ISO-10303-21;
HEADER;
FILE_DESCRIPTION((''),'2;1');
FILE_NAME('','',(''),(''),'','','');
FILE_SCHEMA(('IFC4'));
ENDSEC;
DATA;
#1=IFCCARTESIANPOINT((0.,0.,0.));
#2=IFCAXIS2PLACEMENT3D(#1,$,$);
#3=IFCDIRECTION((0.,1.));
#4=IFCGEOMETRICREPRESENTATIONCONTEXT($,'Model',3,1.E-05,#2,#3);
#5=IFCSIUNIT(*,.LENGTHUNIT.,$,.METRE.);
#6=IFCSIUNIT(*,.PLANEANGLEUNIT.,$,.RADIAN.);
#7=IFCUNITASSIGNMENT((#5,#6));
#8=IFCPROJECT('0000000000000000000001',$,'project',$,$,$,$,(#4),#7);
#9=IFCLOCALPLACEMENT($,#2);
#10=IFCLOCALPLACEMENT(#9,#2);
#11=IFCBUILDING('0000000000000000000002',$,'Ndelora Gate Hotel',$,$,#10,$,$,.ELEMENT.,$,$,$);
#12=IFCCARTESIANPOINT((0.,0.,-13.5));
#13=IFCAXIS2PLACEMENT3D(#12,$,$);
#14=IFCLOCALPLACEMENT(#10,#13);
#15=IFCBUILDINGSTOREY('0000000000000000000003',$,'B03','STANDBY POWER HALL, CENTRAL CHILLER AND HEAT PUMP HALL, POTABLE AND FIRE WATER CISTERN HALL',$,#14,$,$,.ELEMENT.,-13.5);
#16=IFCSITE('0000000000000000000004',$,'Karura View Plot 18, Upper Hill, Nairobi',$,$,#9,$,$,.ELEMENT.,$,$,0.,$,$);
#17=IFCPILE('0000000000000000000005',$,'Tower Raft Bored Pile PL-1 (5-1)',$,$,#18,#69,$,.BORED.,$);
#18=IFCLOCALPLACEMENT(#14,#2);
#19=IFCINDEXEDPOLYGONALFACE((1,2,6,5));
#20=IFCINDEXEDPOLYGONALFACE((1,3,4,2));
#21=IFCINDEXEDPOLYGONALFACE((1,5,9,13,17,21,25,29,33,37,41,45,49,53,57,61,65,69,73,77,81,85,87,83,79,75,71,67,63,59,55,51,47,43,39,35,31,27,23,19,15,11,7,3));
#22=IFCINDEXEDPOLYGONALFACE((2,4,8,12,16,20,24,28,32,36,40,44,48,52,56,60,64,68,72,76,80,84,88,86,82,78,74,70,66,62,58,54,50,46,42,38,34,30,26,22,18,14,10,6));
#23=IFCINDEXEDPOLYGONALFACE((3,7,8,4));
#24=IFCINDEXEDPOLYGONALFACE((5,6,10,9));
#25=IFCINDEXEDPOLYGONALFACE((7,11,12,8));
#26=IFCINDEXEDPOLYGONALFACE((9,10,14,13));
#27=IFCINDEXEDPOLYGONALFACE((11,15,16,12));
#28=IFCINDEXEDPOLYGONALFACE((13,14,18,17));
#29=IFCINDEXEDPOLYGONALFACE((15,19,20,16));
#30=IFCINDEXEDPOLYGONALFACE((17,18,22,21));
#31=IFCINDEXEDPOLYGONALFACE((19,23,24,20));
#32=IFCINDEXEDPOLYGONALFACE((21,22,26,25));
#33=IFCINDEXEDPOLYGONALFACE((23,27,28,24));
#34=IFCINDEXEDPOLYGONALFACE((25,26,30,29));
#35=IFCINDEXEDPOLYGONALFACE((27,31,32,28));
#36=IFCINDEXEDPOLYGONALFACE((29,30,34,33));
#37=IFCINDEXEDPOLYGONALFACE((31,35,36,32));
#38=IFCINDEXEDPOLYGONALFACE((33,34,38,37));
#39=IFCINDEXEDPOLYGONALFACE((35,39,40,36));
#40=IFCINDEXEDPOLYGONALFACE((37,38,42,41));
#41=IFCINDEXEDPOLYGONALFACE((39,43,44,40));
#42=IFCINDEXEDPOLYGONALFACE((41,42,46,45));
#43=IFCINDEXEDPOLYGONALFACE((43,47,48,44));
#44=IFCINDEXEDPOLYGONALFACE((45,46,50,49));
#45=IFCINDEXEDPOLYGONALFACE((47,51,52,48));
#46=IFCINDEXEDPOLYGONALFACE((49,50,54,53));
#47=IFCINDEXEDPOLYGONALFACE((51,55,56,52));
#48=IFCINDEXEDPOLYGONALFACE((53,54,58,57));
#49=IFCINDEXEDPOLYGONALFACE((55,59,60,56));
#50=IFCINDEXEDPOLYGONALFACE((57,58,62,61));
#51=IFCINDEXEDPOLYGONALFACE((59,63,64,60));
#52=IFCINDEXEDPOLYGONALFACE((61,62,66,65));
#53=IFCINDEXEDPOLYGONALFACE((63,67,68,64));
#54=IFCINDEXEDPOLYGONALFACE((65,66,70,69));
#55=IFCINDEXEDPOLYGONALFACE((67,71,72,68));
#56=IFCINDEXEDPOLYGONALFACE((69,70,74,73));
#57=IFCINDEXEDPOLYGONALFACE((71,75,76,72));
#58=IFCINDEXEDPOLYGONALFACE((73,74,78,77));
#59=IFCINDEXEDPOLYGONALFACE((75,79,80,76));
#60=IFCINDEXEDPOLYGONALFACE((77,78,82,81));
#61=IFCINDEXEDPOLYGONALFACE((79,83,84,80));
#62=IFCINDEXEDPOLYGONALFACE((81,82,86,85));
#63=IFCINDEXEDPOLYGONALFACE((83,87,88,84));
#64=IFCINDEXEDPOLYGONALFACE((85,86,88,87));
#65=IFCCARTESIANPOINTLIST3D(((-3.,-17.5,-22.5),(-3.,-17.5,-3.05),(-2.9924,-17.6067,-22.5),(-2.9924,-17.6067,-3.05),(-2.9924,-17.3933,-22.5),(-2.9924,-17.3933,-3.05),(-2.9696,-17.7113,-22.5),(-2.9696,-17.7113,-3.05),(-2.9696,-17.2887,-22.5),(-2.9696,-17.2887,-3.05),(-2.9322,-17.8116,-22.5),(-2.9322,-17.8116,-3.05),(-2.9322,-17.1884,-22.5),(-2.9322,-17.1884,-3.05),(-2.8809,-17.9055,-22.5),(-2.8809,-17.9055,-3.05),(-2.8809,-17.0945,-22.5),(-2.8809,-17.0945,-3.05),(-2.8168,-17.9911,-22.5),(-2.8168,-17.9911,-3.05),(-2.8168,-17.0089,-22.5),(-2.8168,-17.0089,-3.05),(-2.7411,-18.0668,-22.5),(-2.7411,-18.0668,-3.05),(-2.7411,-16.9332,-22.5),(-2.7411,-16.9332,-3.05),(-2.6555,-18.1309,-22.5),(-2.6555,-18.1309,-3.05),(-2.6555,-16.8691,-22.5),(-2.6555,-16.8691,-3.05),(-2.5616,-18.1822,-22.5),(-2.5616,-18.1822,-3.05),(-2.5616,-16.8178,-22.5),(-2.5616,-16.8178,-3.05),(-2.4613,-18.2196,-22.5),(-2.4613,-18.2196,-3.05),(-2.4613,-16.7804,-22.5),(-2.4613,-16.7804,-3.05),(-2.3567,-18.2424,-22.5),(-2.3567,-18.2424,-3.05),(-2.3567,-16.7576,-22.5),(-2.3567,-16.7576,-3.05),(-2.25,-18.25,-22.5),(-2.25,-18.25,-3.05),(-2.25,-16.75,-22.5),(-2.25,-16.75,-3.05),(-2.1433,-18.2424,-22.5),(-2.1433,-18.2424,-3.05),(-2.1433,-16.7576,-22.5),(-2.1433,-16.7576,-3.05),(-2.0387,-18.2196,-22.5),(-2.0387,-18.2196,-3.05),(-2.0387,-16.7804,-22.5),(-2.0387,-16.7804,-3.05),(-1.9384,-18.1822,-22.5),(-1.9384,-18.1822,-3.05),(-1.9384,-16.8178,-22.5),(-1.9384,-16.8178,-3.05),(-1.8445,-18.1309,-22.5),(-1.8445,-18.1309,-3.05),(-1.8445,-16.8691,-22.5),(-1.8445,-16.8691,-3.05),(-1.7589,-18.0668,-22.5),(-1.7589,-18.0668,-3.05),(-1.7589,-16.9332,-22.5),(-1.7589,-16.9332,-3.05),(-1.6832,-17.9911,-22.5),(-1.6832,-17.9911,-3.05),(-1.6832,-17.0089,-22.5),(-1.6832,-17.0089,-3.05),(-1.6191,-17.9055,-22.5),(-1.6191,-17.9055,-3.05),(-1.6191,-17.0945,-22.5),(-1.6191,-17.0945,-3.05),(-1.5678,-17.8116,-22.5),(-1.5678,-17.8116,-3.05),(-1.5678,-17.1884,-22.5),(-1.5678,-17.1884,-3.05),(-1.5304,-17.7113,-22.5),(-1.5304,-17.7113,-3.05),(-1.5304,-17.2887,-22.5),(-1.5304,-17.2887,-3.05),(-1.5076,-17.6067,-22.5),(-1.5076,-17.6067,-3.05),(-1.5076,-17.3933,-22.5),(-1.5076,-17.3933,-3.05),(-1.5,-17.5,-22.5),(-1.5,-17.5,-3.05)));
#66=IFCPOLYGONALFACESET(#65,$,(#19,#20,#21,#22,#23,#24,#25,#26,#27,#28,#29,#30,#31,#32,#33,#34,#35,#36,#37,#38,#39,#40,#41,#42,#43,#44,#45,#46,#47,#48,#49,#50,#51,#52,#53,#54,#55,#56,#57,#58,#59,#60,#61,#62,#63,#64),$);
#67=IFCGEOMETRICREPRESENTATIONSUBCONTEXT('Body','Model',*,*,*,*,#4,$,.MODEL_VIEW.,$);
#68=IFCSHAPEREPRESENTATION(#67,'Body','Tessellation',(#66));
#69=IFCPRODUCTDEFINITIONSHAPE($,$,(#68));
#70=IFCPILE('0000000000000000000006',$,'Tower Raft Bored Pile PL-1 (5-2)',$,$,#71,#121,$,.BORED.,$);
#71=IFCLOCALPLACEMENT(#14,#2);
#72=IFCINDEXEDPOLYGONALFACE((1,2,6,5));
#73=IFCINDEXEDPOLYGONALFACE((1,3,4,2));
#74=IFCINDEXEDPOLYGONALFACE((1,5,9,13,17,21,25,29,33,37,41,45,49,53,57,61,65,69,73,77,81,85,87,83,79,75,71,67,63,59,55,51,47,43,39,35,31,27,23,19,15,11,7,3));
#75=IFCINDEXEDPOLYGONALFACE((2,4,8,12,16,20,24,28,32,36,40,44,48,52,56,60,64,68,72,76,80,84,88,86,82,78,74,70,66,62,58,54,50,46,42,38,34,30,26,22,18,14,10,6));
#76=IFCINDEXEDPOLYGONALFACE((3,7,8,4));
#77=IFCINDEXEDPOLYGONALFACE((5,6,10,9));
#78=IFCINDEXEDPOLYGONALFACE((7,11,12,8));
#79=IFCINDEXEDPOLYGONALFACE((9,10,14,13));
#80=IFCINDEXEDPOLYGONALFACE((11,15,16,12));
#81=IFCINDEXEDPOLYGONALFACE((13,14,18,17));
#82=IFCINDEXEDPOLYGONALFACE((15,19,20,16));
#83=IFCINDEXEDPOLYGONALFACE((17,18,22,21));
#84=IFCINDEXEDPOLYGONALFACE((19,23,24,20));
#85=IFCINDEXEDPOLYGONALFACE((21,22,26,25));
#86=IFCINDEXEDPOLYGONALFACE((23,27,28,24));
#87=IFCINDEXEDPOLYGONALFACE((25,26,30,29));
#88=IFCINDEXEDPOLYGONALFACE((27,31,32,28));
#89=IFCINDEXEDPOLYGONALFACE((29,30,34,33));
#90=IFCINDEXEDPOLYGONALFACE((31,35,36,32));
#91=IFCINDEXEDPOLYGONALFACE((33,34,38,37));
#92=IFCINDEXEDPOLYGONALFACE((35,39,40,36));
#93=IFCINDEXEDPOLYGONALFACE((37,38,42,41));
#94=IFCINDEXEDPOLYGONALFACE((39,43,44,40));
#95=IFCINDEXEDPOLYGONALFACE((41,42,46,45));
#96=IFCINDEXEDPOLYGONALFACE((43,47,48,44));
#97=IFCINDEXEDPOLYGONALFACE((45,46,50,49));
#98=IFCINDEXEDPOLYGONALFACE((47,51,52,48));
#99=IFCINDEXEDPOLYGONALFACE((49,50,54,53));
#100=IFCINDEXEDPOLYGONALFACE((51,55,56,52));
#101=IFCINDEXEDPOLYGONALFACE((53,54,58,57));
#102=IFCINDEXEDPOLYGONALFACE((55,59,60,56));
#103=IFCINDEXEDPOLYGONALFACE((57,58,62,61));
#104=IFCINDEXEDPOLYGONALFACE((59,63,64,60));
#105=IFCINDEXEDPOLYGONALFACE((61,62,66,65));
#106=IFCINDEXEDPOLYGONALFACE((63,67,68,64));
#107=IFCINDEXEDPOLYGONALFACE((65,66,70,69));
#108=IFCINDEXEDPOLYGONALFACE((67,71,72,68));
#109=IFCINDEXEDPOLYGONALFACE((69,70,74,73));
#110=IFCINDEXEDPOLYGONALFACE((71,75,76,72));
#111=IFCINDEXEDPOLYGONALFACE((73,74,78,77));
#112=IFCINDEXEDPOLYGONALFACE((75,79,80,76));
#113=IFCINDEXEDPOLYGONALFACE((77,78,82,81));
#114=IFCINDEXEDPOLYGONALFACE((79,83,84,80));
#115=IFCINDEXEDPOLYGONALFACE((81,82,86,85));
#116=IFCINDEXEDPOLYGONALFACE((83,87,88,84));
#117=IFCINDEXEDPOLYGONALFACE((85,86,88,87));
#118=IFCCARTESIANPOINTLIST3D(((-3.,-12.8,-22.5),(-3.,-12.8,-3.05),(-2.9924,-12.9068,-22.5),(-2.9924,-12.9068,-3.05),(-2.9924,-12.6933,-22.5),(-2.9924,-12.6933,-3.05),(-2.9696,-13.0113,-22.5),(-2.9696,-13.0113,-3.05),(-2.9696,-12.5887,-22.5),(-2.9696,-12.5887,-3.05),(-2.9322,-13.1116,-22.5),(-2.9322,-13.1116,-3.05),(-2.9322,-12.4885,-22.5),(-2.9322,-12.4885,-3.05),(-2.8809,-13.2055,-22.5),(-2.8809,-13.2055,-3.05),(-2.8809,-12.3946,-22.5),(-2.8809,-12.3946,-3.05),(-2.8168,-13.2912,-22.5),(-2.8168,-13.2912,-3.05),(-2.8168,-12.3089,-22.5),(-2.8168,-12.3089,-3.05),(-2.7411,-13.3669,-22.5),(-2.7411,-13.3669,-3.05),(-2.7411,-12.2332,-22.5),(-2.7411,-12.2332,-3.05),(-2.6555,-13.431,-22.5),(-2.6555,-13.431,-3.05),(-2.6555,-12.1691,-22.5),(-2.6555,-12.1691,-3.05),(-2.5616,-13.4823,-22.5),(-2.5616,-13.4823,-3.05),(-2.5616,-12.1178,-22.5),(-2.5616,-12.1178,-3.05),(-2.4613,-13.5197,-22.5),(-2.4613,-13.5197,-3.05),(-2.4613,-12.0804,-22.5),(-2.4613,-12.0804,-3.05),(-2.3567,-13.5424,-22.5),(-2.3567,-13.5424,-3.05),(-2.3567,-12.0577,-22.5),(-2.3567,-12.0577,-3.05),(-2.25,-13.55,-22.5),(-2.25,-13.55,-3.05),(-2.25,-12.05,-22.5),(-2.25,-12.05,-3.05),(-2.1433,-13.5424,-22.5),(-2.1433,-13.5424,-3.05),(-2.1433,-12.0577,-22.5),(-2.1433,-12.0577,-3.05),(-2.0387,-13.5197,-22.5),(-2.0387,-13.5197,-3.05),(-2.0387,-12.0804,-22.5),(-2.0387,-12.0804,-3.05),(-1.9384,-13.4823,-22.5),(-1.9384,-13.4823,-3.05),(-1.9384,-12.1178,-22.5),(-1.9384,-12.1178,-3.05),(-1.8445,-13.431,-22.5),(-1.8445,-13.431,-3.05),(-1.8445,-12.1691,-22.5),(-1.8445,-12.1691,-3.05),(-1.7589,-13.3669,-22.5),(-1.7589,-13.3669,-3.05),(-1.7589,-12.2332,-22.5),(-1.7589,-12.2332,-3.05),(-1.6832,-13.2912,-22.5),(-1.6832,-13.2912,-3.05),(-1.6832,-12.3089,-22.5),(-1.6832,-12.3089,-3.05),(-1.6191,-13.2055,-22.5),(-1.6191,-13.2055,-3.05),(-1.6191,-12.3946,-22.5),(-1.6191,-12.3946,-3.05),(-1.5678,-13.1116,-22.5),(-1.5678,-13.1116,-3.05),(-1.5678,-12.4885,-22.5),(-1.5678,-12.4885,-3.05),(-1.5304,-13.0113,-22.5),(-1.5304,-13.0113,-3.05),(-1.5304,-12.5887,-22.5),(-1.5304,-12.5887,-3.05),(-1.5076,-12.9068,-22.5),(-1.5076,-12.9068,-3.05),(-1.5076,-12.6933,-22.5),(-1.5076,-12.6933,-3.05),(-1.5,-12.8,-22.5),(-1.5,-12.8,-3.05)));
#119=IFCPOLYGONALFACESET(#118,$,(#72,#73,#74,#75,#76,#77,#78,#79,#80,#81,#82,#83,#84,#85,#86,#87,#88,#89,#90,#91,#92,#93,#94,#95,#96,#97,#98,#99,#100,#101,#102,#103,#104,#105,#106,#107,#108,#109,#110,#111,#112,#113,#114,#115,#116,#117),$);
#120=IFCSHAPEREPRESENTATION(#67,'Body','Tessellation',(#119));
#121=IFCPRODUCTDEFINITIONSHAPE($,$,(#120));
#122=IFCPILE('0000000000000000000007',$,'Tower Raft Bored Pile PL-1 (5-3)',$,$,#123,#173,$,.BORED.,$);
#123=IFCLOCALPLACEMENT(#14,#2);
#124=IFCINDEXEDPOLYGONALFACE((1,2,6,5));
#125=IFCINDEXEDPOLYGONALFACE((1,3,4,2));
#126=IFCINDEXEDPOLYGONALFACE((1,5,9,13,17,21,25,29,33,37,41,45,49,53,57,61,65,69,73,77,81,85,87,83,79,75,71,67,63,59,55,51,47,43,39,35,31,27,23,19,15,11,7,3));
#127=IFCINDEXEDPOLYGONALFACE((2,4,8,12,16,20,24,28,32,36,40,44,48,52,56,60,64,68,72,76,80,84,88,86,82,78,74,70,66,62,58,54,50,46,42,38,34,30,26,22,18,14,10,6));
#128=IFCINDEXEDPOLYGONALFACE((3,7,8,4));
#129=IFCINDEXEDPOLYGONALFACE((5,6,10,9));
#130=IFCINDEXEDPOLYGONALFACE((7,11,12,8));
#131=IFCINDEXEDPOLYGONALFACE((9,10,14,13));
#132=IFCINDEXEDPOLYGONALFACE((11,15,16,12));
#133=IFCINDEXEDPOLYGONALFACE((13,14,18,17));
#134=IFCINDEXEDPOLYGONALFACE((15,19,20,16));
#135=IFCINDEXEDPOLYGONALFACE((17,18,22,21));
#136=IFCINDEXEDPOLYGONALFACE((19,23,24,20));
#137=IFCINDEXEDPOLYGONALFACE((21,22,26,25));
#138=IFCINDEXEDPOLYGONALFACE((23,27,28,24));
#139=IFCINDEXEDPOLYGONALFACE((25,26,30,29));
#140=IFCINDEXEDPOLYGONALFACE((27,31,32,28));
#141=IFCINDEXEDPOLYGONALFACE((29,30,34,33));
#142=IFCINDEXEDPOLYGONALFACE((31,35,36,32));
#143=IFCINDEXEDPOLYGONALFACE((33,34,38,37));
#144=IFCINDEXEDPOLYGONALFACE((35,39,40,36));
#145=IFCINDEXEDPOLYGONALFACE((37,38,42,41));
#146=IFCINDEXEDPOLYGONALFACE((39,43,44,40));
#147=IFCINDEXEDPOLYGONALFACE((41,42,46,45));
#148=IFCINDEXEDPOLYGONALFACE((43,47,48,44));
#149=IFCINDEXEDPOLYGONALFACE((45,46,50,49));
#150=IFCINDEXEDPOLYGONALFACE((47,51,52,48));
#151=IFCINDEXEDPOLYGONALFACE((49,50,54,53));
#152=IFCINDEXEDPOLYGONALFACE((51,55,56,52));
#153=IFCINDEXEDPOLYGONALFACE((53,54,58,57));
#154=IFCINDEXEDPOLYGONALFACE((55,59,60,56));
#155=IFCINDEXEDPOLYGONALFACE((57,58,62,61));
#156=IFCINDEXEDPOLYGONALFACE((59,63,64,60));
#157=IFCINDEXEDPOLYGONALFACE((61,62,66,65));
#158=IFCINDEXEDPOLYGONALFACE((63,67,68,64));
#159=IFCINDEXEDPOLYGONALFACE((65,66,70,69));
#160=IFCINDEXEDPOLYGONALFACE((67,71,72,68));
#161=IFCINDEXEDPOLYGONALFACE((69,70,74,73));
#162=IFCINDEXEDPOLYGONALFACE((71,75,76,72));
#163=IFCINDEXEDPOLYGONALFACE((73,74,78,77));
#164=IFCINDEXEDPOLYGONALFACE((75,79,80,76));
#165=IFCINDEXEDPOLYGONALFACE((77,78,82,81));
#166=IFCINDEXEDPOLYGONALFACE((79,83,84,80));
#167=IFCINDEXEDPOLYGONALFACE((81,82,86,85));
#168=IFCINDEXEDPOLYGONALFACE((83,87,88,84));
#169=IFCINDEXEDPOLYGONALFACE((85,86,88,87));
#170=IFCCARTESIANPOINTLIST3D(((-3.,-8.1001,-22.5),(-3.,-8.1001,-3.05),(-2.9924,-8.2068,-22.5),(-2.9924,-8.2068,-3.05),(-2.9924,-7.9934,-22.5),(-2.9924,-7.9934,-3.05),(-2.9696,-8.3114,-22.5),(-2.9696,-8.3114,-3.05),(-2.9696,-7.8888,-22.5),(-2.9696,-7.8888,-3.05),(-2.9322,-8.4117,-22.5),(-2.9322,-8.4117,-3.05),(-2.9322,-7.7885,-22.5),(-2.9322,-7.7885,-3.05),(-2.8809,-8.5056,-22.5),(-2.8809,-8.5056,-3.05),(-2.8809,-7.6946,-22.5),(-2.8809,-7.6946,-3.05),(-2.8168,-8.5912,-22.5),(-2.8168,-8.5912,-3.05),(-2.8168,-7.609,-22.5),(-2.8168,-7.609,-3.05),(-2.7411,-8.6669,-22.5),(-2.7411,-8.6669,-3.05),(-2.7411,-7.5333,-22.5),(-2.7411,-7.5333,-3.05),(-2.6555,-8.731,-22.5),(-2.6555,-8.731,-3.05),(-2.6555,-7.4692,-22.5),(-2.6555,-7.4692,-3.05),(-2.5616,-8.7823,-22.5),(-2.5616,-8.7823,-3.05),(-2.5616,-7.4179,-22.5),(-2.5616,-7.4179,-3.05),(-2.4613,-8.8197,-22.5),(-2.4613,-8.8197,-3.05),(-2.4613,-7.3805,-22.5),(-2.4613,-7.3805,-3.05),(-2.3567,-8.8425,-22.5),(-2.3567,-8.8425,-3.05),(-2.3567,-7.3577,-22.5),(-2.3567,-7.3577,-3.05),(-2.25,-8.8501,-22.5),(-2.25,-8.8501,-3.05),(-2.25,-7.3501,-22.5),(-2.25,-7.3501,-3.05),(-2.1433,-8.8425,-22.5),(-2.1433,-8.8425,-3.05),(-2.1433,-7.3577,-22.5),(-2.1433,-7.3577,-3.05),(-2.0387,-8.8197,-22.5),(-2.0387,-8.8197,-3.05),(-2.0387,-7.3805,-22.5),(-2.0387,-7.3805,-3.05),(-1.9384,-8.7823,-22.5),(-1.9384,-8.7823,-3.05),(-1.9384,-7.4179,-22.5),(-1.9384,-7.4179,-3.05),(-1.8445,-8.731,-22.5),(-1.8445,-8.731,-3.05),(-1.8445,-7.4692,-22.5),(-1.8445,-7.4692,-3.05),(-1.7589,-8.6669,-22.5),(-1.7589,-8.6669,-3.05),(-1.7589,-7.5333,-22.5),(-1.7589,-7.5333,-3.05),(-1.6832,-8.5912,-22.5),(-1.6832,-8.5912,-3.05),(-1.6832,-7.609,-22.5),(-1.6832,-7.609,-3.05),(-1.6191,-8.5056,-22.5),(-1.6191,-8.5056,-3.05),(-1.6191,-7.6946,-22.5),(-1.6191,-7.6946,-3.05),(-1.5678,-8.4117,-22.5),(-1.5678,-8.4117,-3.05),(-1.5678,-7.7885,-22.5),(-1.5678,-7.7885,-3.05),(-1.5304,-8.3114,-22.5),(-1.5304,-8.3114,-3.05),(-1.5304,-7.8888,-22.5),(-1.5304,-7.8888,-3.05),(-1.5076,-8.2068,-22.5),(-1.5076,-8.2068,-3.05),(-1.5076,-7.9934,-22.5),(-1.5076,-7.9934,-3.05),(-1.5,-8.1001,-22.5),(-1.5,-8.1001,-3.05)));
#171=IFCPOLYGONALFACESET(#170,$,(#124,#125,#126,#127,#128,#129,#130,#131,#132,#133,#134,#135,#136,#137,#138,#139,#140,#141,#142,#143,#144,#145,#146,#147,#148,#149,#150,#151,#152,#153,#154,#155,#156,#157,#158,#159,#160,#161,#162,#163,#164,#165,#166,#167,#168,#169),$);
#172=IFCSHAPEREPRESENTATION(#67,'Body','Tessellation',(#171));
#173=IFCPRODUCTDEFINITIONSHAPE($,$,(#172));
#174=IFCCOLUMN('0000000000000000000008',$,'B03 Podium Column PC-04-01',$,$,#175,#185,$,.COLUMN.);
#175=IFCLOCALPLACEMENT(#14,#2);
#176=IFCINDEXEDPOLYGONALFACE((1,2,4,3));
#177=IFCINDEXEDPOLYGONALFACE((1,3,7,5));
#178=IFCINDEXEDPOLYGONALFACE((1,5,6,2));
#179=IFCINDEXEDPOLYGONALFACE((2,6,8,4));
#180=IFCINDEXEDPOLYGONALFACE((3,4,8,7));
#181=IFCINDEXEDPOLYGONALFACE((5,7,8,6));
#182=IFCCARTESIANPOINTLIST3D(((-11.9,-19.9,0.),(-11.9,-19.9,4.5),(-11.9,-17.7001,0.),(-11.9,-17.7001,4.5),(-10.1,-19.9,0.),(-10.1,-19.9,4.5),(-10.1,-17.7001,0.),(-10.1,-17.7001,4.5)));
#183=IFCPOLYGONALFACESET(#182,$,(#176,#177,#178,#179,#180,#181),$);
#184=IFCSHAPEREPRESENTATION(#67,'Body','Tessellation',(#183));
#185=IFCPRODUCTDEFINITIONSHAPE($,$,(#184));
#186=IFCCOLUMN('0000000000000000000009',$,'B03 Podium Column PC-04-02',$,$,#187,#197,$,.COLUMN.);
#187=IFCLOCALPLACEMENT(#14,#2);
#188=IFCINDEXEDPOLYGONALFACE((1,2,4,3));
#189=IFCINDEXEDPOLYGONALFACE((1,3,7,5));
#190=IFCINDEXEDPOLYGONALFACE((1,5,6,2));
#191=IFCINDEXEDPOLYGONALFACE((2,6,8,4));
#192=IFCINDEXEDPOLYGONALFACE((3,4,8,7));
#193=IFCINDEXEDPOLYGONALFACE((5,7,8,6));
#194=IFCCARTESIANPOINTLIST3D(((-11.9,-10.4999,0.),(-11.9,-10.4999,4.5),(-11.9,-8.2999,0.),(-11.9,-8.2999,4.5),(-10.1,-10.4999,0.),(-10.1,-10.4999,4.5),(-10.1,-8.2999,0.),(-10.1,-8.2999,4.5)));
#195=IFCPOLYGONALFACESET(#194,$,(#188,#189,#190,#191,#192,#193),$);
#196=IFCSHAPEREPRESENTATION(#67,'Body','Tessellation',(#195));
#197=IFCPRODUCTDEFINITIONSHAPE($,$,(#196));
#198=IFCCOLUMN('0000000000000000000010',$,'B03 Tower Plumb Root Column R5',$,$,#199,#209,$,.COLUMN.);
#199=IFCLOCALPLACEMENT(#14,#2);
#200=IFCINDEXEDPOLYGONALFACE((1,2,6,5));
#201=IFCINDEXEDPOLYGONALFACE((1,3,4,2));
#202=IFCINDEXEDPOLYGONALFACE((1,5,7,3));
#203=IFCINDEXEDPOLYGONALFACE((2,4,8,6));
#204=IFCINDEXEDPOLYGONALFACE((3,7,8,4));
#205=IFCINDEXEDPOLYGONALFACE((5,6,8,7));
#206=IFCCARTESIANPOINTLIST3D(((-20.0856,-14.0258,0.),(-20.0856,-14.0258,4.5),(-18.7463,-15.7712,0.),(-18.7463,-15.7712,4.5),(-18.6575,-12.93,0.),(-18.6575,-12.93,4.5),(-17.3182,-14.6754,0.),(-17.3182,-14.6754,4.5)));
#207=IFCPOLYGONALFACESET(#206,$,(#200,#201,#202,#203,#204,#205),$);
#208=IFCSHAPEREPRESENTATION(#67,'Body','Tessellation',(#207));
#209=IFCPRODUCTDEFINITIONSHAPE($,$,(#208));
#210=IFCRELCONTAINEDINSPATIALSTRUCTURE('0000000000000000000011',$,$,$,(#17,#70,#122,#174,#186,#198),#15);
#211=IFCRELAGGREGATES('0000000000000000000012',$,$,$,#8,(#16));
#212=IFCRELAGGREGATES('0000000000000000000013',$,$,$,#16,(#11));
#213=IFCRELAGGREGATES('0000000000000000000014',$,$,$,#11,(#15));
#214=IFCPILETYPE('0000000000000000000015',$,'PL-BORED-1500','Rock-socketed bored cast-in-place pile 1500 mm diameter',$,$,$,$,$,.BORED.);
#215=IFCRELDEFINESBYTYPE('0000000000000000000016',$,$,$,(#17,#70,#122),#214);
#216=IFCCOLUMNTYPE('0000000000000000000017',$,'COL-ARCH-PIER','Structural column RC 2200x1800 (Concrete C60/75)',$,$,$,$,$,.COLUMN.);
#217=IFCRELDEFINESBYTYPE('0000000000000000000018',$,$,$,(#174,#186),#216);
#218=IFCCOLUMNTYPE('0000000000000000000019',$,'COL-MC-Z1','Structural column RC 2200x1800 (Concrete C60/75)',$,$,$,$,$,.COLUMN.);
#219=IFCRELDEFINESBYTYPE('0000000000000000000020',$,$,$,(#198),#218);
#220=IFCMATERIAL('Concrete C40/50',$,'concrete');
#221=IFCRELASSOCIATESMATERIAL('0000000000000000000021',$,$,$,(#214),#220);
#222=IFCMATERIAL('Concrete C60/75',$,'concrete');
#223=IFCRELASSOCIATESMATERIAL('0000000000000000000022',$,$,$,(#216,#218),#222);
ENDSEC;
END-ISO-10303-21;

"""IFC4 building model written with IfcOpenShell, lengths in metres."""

from ifc_helpers import new_model, si_unit, direction, frame, origin, origin_2d, place, context, subcontext, project, spatial, rectangle, circle, extrude, material, material_profile, profile_set, type_object, element, save


model = new_model("IFC4")

# Units and contexts
model_context = context("Model", 3, precision=1e-05, world=origin(), true_north=direction((0.0, 1.0)))
body_context = subcontext(model_context, "Body", "Model", "MODEL_VIEW")
ifc_project = project(units=[si_unit("LENGTHUNIT", "METRE"), si_unit("PLANEANGLEUNIT", "RADIAN")], contexts=[model_context])

# Site, building, storey
site_placement = place(None, origin())
site = spatial("IfcSite", under=ifc_project, at=site_placement, Name="Karura View Plot 18, Upper Hill, Nairobi", CompositionType="ELEMENT", RefElevation=0.0)
building_placement = place(site_placement, origin())
building = spatial("IfcBuilding", under=site, at=building_placement, Name="Ndelora Gate Hotel", CompositionType="ELEMENT")
storey_placement = place(building_placement, frame((0.0, 0.0, -13.5)))
storey = spatial("IfcBuildingStorey", under=building, at=storey_placement, Name="B03", Description="STANDBY POWER HALL, CENTRAL CHILLER AND HEAT PUMP HALL, POTABLE AND FIRE WATER CISTERN HALL", CompositionType="ELEMENT", Elevation=-13.5)

# Piles
ifc_material_1 = material(Name="Concrete C40/50", Category="concrete")
ifc_material_profile_1 = material_profile(ifc_material_1, circle(Radius=0.75, at=origin_2d()), Name="PILE D1500")
ifc_profile_set_1 = profile_set([ifc_material_profile_1], Name="Concrete C40/50")
pile_type = type_object("IfcPileType", Name="PL-BORED-1500", Description="Rock-socketed bored cast-in-place pile 1500 mm diameter", PredefinedType="BORED", material=ifc_profile_set_1)
for number, where, z_axis, x_axis, name in (
    (1, (-2.25, -17.5, -3.05), (0.0, 0.0, -1.0), (1.0, 0.0, 0.0), "Tower Raft Bored Pile PL-1 (5-1)"),
    (2, (-2.25, -12.8, -3.05), (0.0, 0.0, -1.0), (1.0, 0.0, 0.0), "Tower Raft Bored Pile PL-1 (5-2)"),
    (3, (-2.25, -8.1001, -3.05), (0.0, 0.0, -1.0), (1.0, 0.0, 0.0), "Tower Raft Bored Pile PL-1 (5-3)"),
):
    element("IfcPile", number, at=place(storey_placement, frame(where, z_axis=z_axis, x_axis=x_axis)), inside=storey, type_object=pile_type, Name=name, PredefinedType="BORED", context=body_context, shape_type="SweptSolid", body=[
        extrude(circle(Radius=0.75, at=origin_2d()), origin(), (0.0, 0.0, 1.0), 19.45),
    ])

# Columns
ifc_material_2 = material(Name="Concrete C60/75", Category="concrete")
ifc_material_profile_2 = material_profile(ifc_material_2, rectangle(XDim=1.8, YDim=2.2, at=origin_2d()), Name="RC 2200x1800")
ifc_profile_set_2 = profile_set([ifc_material_profile_2], Name="Concrete C60/75")
column_type_1 = type_object("IfcColumnType", Name="COL-ARCH-PIER", Description="Structural column RC 2200x1800 (Concrete C60/75)", PredefinedType="COLUMN", material=ifc_profile_set_2)
for number, where, z_axis, x_axis, name in (
    (4, (-11.0, -18.8, 0.0), (0.0, 0.0, 1.0), (1.0, 0.0, 0.0), "B03 Podium Column PC-04-01"),
    (5, (-11.0, -9.3999, 0.0), (0.0, 0.0, 1.0), (1.0, 0.0, 0.0), "B03 Podium Column PC-04-02"),
):
    element("IfcColumn", number, at=place(storey_placement, frame(where, z_axis=z_axis, x_axis=x_axis)), inside=storey, type_object=column_type_1, Name=name, PredefinedType="COLUMN", context=body_context, shape_type="SweptSolid", body=[
        extrude(rectangle(XDim=1.8, YDim=2.2, at=origin_2d()), origin(), (0.0, 0.0, 1.0), 4.5),
    ])
ifc_material_profile_3 = material_profile(ifc_material_2, rectangle(XDim=1.8, YDim=2.2, at=origin_2d()), Name="RC 2200x1800")
ifc_profile_set_3 = profile_set([ifc_material_profile_3], Name="Concrete C60/75")
column_type_2 = type_object("IfcColumnType", Name="COL-MC-Z1", Description="Structural column RC 2200x1800 (Concrete C60/75)", PredefinedType="COLUMN", material=ifc_profile_set_3)
column_placement = place(storey_placement, frame((-18.7019, -14.3506, 0.0), z_axis=(0.0, 0.0, 1.0), x_axis=(0.793353, 0.608761, 0.0)))
element("IfcColumn", 6, at=column_placement, inside=storey, type_object=column_type_2, Name="B03 Tower Plumb Root Column R5", PredefinedType="COLUMN", context=body_context, shape_type="SweptSolid", body=[
    extrude(rectangle(XDim=1.8, YDim=2.2, at=origin_2d()), origin(), (0.0, 0.0, 1.0), 4.5),
])

save(model, "model.ifc")
